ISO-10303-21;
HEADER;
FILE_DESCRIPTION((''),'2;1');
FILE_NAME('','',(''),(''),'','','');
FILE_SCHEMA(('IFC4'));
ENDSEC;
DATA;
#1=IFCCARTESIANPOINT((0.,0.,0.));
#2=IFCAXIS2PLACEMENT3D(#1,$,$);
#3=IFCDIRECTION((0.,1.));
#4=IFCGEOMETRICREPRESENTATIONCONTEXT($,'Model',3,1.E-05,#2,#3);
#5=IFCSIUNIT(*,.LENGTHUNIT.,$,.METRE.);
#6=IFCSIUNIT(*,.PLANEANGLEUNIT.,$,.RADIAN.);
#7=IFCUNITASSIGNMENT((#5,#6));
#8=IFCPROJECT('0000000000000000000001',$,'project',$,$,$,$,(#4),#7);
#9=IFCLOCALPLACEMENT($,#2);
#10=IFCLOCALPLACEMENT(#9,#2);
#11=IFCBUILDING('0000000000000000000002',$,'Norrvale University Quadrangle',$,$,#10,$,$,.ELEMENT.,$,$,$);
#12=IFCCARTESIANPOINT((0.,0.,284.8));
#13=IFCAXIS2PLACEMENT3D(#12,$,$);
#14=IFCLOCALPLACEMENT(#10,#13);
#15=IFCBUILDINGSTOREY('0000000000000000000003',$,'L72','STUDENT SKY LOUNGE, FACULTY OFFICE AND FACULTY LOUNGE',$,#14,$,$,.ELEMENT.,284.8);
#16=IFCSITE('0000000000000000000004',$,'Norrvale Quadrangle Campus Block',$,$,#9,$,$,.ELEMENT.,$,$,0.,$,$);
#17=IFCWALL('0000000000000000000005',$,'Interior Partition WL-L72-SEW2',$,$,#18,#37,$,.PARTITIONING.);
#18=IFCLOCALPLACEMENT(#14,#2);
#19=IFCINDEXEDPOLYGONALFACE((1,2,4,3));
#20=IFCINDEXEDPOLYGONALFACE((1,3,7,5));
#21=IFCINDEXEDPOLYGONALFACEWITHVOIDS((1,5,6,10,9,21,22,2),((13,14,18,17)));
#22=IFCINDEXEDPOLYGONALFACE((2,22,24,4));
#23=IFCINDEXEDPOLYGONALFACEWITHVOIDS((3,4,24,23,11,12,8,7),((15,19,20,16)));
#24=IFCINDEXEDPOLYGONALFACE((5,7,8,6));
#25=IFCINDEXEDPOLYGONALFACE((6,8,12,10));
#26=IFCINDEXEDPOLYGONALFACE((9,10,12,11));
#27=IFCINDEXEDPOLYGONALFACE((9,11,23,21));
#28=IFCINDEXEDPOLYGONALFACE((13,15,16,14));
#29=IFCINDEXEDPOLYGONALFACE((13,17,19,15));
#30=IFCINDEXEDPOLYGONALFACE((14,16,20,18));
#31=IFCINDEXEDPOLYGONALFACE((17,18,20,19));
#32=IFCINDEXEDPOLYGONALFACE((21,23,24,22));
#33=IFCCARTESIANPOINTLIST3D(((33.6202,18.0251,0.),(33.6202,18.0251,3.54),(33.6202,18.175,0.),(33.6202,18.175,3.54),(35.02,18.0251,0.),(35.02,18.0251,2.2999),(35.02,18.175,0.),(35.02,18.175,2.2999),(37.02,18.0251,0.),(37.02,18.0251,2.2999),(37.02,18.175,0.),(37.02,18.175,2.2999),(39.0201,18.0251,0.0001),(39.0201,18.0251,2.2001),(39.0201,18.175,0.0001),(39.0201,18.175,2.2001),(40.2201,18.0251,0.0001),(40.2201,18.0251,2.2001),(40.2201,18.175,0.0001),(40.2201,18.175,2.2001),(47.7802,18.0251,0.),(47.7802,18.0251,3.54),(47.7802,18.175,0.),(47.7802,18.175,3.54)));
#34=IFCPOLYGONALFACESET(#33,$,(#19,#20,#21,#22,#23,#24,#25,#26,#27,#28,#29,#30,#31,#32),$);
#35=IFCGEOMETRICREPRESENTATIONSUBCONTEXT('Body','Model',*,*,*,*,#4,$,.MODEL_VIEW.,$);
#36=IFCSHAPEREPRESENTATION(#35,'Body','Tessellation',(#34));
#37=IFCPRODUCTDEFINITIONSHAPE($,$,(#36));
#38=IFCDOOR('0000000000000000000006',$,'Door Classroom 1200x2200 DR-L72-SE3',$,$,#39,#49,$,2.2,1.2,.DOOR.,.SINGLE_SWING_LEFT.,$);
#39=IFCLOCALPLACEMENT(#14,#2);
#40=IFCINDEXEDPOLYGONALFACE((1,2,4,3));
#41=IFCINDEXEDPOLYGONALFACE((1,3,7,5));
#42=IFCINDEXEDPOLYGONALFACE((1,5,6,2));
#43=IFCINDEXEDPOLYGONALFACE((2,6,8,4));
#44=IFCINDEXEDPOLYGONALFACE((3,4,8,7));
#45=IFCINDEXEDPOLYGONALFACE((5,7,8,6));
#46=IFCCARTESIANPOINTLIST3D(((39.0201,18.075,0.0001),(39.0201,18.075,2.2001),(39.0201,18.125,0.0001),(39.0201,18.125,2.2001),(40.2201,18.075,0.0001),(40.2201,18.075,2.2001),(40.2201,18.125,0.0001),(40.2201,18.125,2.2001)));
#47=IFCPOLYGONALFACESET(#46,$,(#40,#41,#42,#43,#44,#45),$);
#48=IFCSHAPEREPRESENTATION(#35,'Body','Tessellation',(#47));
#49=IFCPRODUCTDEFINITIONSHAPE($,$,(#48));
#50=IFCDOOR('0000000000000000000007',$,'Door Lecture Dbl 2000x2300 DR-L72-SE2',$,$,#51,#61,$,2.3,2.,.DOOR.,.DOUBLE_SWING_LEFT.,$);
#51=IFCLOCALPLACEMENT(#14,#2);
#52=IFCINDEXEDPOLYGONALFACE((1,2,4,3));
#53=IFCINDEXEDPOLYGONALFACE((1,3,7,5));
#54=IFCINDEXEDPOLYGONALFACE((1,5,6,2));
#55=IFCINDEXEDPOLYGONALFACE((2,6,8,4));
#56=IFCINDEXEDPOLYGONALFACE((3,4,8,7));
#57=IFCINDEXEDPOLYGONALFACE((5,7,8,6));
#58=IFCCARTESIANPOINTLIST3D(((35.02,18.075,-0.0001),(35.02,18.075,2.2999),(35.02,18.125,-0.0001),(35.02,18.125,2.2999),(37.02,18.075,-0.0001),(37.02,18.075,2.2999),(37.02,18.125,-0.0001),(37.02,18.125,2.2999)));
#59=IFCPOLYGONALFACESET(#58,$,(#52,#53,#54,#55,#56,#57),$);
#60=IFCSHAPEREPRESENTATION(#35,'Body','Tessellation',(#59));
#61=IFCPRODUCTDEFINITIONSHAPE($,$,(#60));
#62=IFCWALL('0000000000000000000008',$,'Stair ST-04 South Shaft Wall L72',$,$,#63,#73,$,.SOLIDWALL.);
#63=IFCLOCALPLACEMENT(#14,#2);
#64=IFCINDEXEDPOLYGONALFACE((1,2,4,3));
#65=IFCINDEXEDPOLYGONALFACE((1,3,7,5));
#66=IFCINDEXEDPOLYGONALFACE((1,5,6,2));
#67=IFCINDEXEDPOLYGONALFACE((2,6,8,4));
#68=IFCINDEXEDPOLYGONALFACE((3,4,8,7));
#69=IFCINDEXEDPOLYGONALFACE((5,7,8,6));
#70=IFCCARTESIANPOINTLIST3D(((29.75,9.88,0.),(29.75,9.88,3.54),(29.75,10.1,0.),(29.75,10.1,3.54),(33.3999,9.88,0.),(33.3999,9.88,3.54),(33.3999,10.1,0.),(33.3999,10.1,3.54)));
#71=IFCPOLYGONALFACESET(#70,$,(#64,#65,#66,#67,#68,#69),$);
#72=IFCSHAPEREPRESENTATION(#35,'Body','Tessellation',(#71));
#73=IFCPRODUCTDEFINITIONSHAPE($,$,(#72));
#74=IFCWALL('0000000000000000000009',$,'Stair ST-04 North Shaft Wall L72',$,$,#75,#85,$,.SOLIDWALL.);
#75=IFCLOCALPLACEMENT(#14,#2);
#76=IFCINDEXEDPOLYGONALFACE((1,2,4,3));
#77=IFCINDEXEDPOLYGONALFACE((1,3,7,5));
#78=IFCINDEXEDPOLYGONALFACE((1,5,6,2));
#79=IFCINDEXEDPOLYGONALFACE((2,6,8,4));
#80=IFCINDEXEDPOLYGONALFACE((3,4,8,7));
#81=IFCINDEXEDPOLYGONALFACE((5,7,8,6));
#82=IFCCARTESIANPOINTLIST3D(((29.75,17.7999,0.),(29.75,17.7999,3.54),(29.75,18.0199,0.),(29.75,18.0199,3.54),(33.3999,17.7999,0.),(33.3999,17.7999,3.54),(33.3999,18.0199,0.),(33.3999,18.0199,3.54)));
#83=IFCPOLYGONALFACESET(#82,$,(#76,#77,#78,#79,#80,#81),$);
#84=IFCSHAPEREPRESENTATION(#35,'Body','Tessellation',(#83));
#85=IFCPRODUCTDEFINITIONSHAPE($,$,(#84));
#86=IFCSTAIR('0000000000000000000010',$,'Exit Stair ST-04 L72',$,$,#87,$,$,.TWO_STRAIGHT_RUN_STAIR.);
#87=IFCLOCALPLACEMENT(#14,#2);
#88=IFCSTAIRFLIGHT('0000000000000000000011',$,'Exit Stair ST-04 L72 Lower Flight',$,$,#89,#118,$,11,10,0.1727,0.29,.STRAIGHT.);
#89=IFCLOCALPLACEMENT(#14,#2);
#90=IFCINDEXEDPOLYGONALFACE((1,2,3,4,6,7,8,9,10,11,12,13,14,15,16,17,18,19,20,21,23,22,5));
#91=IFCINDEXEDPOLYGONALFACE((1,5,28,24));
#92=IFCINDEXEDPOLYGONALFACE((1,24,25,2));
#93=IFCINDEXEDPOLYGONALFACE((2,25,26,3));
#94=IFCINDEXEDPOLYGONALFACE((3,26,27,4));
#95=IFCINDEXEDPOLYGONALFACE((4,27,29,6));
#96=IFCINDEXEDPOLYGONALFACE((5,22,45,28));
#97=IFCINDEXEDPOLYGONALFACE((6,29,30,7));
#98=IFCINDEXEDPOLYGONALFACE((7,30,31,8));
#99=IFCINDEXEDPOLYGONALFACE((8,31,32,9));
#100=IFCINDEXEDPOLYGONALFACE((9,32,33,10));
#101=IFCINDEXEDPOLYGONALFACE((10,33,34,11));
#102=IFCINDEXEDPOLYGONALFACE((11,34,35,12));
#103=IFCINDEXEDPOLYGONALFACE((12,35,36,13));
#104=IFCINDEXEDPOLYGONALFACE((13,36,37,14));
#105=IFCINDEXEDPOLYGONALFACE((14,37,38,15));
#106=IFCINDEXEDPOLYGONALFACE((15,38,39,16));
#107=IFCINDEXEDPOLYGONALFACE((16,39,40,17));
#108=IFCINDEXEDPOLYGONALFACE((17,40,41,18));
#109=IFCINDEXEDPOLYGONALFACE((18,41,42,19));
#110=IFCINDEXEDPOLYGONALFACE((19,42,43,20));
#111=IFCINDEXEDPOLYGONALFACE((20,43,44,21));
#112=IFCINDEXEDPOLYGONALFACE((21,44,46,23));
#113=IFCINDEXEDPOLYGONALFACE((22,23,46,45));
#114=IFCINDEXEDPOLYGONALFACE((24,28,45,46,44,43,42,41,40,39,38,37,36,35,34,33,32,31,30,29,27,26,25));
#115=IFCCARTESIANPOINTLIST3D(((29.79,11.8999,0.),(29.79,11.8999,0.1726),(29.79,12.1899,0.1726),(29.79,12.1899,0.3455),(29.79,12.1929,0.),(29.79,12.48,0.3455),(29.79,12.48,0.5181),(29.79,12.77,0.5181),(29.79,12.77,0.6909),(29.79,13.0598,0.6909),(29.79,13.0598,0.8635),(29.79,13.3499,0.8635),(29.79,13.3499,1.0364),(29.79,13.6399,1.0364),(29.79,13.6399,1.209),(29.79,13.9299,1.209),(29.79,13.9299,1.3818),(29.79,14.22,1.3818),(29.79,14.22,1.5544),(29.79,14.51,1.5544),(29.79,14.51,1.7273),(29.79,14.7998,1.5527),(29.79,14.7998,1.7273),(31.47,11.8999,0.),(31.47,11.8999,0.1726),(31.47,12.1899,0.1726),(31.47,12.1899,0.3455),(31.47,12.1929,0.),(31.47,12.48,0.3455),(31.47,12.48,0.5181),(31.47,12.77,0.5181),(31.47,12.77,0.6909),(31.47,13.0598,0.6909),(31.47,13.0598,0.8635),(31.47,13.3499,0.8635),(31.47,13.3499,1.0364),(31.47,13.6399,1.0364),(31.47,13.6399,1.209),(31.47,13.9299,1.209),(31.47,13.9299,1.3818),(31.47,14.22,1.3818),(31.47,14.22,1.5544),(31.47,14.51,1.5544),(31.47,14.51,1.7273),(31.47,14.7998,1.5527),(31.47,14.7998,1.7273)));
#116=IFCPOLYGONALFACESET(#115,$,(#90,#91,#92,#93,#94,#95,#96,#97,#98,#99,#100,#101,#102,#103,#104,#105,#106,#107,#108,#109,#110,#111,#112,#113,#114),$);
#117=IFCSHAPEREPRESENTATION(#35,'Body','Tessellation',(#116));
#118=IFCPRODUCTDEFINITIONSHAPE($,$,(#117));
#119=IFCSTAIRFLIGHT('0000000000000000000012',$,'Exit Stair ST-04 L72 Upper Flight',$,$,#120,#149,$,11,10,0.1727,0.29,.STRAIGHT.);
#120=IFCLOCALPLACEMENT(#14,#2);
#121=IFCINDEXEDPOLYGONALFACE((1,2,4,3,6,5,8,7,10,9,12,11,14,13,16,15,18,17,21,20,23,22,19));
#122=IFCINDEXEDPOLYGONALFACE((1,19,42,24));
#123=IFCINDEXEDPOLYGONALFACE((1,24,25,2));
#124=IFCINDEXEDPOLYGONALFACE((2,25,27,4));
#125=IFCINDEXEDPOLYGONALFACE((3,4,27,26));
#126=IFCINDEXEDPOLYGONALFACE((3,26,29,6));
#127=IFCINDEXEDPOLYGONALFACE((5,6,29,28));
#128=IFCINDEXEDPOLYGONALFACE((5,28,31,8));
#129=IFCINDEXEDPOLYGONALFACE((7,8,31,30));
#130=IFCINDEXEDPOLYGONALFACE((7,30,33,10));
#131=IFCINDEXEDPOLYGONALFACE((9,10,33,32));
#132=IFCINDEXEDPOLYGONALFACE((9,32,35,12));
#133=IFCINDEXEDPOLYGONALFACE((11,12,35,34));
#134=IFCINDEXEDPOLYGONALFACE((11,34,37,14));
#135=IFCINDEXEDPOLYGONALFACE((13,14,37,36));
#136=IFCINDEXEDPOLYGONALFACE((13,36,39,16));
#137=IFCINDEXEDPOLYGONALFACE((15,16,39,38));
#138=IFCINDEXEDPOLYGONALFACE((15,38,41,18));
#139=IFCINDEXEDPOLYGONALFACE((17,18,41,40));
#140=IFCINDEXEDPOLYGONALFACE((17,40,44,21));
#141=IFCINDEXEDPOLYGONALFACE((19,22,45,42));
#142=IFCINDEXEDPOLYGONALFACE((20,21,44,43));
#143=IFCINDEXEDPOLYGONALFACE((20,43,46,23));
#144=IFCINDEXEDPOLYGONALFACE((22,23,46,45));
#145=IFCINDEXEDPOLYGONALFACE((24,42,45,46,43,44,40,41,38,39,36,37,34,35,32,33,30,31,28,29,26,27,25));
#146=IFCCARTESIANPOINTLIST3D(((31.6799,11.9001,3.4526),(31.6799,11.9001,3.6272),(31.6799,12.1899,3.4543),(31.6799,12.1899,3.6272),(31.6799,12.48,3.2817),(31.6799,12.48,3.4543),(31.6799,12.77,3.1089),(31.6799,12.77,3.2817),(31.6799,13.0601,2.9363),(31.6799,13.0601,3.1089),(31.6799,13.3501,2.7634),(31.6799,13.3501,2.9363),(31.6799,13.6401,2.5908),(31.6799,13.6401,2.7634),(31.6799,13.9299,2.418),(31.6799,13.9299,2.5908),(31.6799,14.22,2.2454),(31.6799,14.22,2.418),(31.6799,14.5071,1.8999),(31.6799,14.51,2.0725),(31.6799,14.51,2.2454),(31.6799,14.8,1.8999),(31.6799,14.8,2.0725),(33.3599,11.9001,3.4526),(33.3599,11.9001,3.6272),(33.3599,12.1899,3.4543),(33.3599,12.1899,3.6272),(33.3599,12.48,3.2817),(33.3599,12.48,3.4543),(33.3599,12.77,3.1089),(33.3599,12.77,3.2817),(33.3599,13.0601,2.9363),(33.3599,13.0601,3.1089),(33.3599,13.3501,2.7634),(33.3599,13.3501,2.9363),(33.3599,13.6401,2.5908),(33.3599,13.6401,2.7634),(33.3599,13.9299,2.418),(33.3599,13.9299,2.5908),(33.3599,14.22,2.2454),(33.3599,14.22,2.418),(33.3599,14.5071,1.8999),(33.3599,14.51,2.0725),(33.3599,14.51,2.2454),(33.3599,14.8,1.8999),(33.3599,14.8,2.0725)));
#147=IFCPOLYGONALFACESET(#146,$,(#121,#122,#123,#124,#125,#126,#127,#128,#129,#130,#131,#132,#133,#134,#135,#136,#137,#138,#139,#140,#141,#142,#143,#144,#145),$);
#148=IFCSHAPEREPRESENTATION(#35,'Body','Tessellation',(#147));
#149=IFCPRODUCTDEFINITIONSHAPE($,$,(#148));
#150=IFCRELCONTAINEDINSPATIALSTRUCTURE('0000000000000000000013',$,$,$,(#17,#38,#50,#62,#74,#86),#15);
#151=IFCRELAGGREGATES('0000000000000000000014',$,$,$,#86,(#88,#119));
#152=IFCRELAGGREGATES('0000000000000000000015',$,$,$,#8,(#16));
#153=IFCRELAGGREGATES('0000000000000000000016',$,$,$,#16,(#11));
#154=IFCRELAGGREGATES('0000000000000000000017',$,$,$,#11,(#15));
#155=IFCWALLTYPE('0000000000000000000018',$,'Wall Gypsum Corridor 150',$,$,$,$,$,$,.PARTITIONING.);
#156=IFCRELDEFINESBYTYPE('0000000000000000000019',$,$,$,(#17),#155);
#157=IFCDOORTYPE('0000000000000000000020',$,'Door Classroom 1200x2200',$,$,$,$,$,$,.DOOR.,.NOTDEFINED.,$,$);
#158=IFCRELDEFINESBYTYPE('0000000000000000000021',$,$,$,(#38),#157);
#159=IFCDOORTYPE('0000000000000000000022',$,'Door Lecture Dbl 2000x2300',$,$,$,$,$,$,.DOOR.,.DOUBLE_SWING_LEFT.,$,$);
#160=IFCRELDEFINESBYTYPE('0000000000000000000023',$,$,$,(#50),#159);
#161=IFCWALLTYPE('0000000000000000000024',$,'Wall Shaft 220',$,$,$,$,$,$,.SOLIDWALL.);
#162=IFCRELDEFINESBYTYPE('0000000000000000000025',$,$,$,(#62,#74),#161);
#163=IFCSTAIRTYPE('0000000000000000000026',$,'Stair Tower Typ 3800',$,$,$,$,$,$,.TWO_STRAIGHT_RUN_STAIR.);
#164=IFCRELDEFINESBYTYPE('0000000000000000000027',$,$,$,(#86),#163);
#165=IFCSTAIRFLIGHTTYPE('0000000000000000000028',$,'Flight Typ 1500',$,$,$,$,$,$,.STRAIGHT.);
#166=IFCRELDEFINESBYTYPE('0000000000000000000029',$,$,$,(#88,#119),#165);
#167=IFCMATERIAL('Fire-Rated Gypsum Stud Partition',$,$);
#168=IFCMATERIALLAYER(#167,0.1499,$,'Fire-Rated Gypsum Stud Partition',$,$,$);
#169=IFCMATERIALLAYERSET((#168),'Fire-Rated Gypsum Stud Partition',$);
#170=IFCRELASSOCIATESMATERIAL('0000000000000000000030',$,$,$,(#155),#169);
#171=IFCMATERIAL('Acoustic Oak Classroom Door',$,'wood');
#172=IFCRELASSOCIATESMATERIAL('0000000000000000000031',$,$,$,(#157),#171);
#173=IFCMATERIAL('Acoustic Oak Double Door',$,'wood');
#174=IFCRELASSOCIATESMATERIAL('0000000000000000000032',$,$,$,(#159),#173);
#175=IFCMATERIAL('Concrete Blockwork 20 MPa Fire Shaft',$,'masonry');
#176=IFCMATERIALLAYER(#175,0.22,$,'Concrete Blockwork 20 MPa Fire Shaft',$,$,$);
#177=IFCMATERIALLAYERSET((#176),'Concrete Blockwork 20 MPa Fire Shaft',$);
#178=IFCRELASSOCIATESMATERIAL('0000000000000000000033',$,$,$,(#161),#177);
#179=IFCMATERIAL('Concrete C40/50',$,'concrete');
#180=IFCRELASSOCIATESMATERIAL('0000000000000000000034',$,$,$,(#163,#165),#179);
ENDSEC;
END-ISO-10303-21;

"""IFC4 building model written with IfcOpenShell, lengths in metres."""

from ifc_helpers import new_model, si_unit, direction, frame, frame_2d, origin, place, context, subcontext, project, spatial, polyline, rectangle, outline, extrude, material, layer, layer_set, type_object, element, fill, aggregate, save


model = new_model("IFC4")

# Units and contexts
model_context = context("Model", 3, precision=1e-05, world=origin(), true_north=direction((0.0, 1.0)))
body_context = subcontext(model_context, "Body", "Model", "MODEL_VIEW")
ifc_project = project(units=[si_unit("LENGTHUNIT", "METRE"), si_unit("PLANEANGLEUNIT", "RADIAN")], contexts=[model_context])

# Site, building, storey
site_placement = place(None, origin())
site = spatial("IfcSite", under=ifc_project, at=site_placement, Name="Norrvale Quadrangle Campus Block", CompositionType="ELEMENT", RefElevation=0.0)
building_placement = place(site_placement, origin())
building = spatial("IfcBuilding", under=site, at=building_placement, Name="Norrvale University Quadrangle", CompositionType="ELEMENT")
storey_placement = place(building_placement, frame((0.0, 0.0, 284.8)))
storey = spatial("IfcBuildingStorey", under=building, at=storey_placement, Name="L72", Description="STUDENT SKY LOUNGE, FACULTY OFFICE AND FACULTY LOUNGE", CompositionType="ELEMENT", Elevation=284.8)

# Shared definitions
ifc_material_1 = material(Name="Fire-Rated Gypsum Stud Partition")
ifc_layer_1 = layer(ifc_material_1, 0.1499, Name="Fire-Rated Gypsum Stud Partition")
ifc_layer_set_1 = layer_set([ifc_layer_1], Name="Fire-Rated Gypsum Stud Partition")
wall_type_1 = type_object("IfcWallType", Name="Wall Gypsum Corridor 150", PredefinedType="PARTITIONING", material=ifc_layer_set_1)

# Wall, openings, doors
wall_1_placement = place(storey_placement, frame((33.6201, 18.1001, 0.0), z_axis=(0.0, 0.0, 1.0), x_axis=(1.0, 0.0, 0.0)))
wall_1 = element("IfcWall", 1, at=wall_1_placement, inside=storey, type_object=wall_type_1, Name="Interior Partition WL-L72-SEW2", PredefinedType="PARTITIONING", context=body_context, shape_type="SweptSolid", body=[
    extrude(rectangle(XDim=14.1599, YDim=0.1499, at=frame_2d((7.0801, 0.0))), origin(), (0.0, 0.0, 1.0), 3.54),
])
opening_1_placement = place(wall_1_placement, frame((1.3999, 0.0, 0.0)))
opening_1 = element("IfcOpeningElement", 2, at=opening_1_placement, cuts=wall_1, PredefinedType="OPENING", context=body_context, shape_type="SweptSolid", body=[
    extrude(rectangle(XDim=2.0, YDim=2.3, at=frame_2d((1.0, 1.1499))), frame((0.0, 0.0869, 0.0), z_axis=(0.0, -1.0, 0.0), x_axis=(1.0, 0.0, 0.0)), (0.0, 0.0, 1.0), 0.1738),
])
opening_2_placement = place(wall_1_placement, frame((5.3999, 0.0, 0.0)))
opening_2 = element("IfcOpeningElement", 3, at=opening_2_placement, cuts=wall_1, PredefinedType="OPENING", context=body_context, shape_type="SweptSolid", body=[
    extrude(rectangle(XDim=1.2, YDim=2.2, at=frame_2d((0.6001, 1.1001))), frame((0.0, 0.0869, 0.0), z_axis=(0.0, -1.0, 0.0), x_axis=(1.0, 0.0, 0.0)), (0.0, 0.0, 1.0), 0.1738),
])
ifc_material_2 = material(Name="Acoustic Oak Classroom Door", Category="wood")
door_type_1 = type_object("IfcDoorType", Name="Door Classroom 1200x2200", OperationType="NOTDEFINED", PredefinedType="DOOR", material=ifc_material_2)
door_1_placement = place(opening_2_placement, origin())
door_1 = element("IfcDoor", 4, at=door_1_placement, inside=storey, type_object=door_type_1, Name="Door Classroom 1200x2200 DR-L72-SE3", OperationType="SINGLE_SWING_LEFT", OverallHeight=2.2, OverallWidth=1.2, PredefinedType="DOOR", context=body_context, shape_type="SweptSolid", body=[
    extrude(rectangle(XDim=1.2, YDim=2.2, at=frame_2d((0.6001, 1.1001))), frame((0.0, 0.0249, 0.0), z_axis=(0.0, -1.0, 0.0), x_axis=(1.0, 0.0, 0.0)), (0.0, 0.0, 1.0), 0.05),
])
fill(opening_2, door_1)
ifc_material_3 = material(Name="Acoustic Oak Double Door", Category="wood")
door_type_2 = type_object("IfcDoorType", Name="Door Lecture Dbl 2000x2300", OperationType="DOUBLE_SWING_LEFT", PredefinedType="DOOR", material=ifc_material_3)
door_2_placement = place(opening_1_placement, origin())
door_2 = element("IfcDoor", 5, at=door_2_placement, inside=storey, type_object=door_type_2, Name="Door Lecture Dbl 2000x2300 DR-L72-SE2", OperationType="DOUBLE_SWING_LEFT", OverallHeight=2.3, OverallWidth=2.0, PredefinedType="DOOR", context=body_context, shape_type="SweptSolid", body=[
    extrude(rectangle(XDim=2.0, YDim=2.3, at=frame_2d((1.0, 1.1499))), frame((0.0, 0.0249, 0.0), z_axis=(0.0, -1.0, 0.0), x_axis=(1.0, 0.0, 0.0)), (0.0, 0.0, 1.0), 0.05),
])
fill(opening_1, door_2)

# Walls
ifc_material_4 = material(Name="Concrete Blockwork 20 MPa Fire Shaft", Category="masonry")
ifc_layer_2 = layer(ifc_material_4, 0.22, Name="Concrete Blockwork 20 MPa Fire Shaft")
ifc_layer_set_2 = layer_set([ifc_layer_2], Name="Concrete Blockwork 20 MPa Fire Shaft")
wall_type_2 = type_object("IfcWallType", Name="Wall Shaft 220", PredefinedType="SOLIDWALL", material=ifc_layer_set_2)
for number, where, z_axis, x_axis, name in (
    (6, (29.75, 9.99, 0.0), (0.0, 0.0, 1.0), (1.0, 0.0, 0.0), "Stair ST-04 South Shaft Wall L72"),
    (7, (29.75, 17.9099, 0.0), (0.0, 0.0, 1.0), (1.0, 0.0, 0.0), "Stair ST-04 North Shaft Wall L72"),
):
    element("IfcWall", number, at=place(storey_placement, frame(where, z_axis=z_axis, x_axis=x_axis)), inside=storey, type_object=wall_type_2, Name=name, PredefinedType="SOLIDWALL", context=body_context, shape_type="SweptSolid", body=[
        extrude(rectangle(XDim=3.6499, YDim=0.22, at=frame_2d((1.825, 0.0))), origin(), (0.0, 0.0, 1.0), 3.54),
    ])

# Stair, stair flights
ifc_material_5 = material(Name="Concrete C40/50", Category="concrete")
stair_type = type_object("IfcStairType", Name="Stair Tower Typ 3800", PredefinedType="TWO_STRAIGHT_RUN_STAIR", material=ifc_material_5)
stair_placement = place(storey_placement, origin())
stair = element("IfcStair", 8, at=stair_placement, inside=storey, type_object=stair_type, Name="Exit Stair ST-04 L72", PredefinedType="TWO_STRAIGHT_RUN_STAIR")
stair_flight_type = type_object("IfcStairFlightType", Name="Flight Typ 1500", PredefinedType="STRAIGHT", material=ifc_material_5)
stair_flight_1_placement = place(storey_placement, frame((30.6299, 11.8999, 0.0), z_axis=(0.0, 0.0, 1.0), x_axis=(0.0, 1.0, 0.0)))
stair_flight_1 = element("IfcStairFlight", 9, at=stair_flight_1_placement, type_object=stair_flight_type, Name="Exit Stair ST-04 L72 Lower Flight", NumberOfRisers=11, NumberOfTreads=10, PredefinedType="STRAIGHT", RiserHeight=0.1727, TreadLength=0.29, context=body_context, shape_type="SweptSolid", body=[
    extrude(outline(polyline([(0.0, 0.0), (0.0, 0.1726), (0.29, 0.1726), (0.29, 0.3455), (0.5801, 0.3455), (0.5801, 0.5181), (0.8701, 0.5181), (0.8701, 0.6909), (1.1599, 0.6909), (1.1599, 0.8635), (1.45, 0.8635), (1.45, 1.0364), (1.74, 1.0364), (1.74, 1.209), (2.03, 1.209), (2.03, 1.3818), (2.3201, 1.3818), (2.3201, 1.5544), (2.6101, 1.5544), (2.6101, 1.7273), (2.8999, 1.7273), (2.8999, 1.8999), (2.8999, 1.5527), (0.293, 0.0), (0.0, 0.0)])), frame((0.0, 0.8398, 0.0), z_axis=(0.0, -1.0, 0.0), x_axis=(1.0, 0.0, 0.0)), (0.0, 0.0, 1.0), 1.6799),
])
stair_flight_2_placement = place(storey_placement, frame((32.52, 14.8, 1.8999), z_axis=(0.0, 0.0, 1.0), x_axis=(0.0, -1.0, 0.0)))
stair_flight_2 = element("IfcStairFlight", 10, at=stair_flight_2_placement, type_object=stair_flight_type, Name="Exit Stair ST-04 L72 Upper Flight", NumberOfRisers=11, NumberOfTreads=10, PredefinedType="STRAIGHT", RiserHeight=0.1727, TreadLength=0.29, context=body_context, shape_type="SweptSolid", body=[
    extrude(outline(polyline([(0.0, 0.0), (0.0, 0.1726), (0.29, 0.1726), (0.29, 0.3455), (0.5801, 0.3455), (0.5801, 0.5181), (0.8701, 0.5181), (0.8701, 0.6909), (1.1599, 0.6909), (1.1599, 0.8635), (1.45, 0.8635), (1.45, 1.0364), (1.74, 1.0364), (1.74, 1.209), (2.03, 1.209), (2.03, 1.3818), (2.3201, 1.3818), (2.3201, 1.5544), (2.6101, 1.5544), (2.6101, 1.7273), (2.8999, 1.7273), (2.8999, 1.8999), (2.8999, 1.5527), (0.293, 0.0), (0.0, 0.0)])), frame((0.0, 0.8398, 0.0), z_axis=(0.0, -1.0, 0.0), x_axis=(1.0, 0.0, 0.0)), (0.0, 0.0, 1.0), 1.6799),
])
aggregate(stair, [stair_flight_1, stair_flight_2])

save(model, "model.ifc")
